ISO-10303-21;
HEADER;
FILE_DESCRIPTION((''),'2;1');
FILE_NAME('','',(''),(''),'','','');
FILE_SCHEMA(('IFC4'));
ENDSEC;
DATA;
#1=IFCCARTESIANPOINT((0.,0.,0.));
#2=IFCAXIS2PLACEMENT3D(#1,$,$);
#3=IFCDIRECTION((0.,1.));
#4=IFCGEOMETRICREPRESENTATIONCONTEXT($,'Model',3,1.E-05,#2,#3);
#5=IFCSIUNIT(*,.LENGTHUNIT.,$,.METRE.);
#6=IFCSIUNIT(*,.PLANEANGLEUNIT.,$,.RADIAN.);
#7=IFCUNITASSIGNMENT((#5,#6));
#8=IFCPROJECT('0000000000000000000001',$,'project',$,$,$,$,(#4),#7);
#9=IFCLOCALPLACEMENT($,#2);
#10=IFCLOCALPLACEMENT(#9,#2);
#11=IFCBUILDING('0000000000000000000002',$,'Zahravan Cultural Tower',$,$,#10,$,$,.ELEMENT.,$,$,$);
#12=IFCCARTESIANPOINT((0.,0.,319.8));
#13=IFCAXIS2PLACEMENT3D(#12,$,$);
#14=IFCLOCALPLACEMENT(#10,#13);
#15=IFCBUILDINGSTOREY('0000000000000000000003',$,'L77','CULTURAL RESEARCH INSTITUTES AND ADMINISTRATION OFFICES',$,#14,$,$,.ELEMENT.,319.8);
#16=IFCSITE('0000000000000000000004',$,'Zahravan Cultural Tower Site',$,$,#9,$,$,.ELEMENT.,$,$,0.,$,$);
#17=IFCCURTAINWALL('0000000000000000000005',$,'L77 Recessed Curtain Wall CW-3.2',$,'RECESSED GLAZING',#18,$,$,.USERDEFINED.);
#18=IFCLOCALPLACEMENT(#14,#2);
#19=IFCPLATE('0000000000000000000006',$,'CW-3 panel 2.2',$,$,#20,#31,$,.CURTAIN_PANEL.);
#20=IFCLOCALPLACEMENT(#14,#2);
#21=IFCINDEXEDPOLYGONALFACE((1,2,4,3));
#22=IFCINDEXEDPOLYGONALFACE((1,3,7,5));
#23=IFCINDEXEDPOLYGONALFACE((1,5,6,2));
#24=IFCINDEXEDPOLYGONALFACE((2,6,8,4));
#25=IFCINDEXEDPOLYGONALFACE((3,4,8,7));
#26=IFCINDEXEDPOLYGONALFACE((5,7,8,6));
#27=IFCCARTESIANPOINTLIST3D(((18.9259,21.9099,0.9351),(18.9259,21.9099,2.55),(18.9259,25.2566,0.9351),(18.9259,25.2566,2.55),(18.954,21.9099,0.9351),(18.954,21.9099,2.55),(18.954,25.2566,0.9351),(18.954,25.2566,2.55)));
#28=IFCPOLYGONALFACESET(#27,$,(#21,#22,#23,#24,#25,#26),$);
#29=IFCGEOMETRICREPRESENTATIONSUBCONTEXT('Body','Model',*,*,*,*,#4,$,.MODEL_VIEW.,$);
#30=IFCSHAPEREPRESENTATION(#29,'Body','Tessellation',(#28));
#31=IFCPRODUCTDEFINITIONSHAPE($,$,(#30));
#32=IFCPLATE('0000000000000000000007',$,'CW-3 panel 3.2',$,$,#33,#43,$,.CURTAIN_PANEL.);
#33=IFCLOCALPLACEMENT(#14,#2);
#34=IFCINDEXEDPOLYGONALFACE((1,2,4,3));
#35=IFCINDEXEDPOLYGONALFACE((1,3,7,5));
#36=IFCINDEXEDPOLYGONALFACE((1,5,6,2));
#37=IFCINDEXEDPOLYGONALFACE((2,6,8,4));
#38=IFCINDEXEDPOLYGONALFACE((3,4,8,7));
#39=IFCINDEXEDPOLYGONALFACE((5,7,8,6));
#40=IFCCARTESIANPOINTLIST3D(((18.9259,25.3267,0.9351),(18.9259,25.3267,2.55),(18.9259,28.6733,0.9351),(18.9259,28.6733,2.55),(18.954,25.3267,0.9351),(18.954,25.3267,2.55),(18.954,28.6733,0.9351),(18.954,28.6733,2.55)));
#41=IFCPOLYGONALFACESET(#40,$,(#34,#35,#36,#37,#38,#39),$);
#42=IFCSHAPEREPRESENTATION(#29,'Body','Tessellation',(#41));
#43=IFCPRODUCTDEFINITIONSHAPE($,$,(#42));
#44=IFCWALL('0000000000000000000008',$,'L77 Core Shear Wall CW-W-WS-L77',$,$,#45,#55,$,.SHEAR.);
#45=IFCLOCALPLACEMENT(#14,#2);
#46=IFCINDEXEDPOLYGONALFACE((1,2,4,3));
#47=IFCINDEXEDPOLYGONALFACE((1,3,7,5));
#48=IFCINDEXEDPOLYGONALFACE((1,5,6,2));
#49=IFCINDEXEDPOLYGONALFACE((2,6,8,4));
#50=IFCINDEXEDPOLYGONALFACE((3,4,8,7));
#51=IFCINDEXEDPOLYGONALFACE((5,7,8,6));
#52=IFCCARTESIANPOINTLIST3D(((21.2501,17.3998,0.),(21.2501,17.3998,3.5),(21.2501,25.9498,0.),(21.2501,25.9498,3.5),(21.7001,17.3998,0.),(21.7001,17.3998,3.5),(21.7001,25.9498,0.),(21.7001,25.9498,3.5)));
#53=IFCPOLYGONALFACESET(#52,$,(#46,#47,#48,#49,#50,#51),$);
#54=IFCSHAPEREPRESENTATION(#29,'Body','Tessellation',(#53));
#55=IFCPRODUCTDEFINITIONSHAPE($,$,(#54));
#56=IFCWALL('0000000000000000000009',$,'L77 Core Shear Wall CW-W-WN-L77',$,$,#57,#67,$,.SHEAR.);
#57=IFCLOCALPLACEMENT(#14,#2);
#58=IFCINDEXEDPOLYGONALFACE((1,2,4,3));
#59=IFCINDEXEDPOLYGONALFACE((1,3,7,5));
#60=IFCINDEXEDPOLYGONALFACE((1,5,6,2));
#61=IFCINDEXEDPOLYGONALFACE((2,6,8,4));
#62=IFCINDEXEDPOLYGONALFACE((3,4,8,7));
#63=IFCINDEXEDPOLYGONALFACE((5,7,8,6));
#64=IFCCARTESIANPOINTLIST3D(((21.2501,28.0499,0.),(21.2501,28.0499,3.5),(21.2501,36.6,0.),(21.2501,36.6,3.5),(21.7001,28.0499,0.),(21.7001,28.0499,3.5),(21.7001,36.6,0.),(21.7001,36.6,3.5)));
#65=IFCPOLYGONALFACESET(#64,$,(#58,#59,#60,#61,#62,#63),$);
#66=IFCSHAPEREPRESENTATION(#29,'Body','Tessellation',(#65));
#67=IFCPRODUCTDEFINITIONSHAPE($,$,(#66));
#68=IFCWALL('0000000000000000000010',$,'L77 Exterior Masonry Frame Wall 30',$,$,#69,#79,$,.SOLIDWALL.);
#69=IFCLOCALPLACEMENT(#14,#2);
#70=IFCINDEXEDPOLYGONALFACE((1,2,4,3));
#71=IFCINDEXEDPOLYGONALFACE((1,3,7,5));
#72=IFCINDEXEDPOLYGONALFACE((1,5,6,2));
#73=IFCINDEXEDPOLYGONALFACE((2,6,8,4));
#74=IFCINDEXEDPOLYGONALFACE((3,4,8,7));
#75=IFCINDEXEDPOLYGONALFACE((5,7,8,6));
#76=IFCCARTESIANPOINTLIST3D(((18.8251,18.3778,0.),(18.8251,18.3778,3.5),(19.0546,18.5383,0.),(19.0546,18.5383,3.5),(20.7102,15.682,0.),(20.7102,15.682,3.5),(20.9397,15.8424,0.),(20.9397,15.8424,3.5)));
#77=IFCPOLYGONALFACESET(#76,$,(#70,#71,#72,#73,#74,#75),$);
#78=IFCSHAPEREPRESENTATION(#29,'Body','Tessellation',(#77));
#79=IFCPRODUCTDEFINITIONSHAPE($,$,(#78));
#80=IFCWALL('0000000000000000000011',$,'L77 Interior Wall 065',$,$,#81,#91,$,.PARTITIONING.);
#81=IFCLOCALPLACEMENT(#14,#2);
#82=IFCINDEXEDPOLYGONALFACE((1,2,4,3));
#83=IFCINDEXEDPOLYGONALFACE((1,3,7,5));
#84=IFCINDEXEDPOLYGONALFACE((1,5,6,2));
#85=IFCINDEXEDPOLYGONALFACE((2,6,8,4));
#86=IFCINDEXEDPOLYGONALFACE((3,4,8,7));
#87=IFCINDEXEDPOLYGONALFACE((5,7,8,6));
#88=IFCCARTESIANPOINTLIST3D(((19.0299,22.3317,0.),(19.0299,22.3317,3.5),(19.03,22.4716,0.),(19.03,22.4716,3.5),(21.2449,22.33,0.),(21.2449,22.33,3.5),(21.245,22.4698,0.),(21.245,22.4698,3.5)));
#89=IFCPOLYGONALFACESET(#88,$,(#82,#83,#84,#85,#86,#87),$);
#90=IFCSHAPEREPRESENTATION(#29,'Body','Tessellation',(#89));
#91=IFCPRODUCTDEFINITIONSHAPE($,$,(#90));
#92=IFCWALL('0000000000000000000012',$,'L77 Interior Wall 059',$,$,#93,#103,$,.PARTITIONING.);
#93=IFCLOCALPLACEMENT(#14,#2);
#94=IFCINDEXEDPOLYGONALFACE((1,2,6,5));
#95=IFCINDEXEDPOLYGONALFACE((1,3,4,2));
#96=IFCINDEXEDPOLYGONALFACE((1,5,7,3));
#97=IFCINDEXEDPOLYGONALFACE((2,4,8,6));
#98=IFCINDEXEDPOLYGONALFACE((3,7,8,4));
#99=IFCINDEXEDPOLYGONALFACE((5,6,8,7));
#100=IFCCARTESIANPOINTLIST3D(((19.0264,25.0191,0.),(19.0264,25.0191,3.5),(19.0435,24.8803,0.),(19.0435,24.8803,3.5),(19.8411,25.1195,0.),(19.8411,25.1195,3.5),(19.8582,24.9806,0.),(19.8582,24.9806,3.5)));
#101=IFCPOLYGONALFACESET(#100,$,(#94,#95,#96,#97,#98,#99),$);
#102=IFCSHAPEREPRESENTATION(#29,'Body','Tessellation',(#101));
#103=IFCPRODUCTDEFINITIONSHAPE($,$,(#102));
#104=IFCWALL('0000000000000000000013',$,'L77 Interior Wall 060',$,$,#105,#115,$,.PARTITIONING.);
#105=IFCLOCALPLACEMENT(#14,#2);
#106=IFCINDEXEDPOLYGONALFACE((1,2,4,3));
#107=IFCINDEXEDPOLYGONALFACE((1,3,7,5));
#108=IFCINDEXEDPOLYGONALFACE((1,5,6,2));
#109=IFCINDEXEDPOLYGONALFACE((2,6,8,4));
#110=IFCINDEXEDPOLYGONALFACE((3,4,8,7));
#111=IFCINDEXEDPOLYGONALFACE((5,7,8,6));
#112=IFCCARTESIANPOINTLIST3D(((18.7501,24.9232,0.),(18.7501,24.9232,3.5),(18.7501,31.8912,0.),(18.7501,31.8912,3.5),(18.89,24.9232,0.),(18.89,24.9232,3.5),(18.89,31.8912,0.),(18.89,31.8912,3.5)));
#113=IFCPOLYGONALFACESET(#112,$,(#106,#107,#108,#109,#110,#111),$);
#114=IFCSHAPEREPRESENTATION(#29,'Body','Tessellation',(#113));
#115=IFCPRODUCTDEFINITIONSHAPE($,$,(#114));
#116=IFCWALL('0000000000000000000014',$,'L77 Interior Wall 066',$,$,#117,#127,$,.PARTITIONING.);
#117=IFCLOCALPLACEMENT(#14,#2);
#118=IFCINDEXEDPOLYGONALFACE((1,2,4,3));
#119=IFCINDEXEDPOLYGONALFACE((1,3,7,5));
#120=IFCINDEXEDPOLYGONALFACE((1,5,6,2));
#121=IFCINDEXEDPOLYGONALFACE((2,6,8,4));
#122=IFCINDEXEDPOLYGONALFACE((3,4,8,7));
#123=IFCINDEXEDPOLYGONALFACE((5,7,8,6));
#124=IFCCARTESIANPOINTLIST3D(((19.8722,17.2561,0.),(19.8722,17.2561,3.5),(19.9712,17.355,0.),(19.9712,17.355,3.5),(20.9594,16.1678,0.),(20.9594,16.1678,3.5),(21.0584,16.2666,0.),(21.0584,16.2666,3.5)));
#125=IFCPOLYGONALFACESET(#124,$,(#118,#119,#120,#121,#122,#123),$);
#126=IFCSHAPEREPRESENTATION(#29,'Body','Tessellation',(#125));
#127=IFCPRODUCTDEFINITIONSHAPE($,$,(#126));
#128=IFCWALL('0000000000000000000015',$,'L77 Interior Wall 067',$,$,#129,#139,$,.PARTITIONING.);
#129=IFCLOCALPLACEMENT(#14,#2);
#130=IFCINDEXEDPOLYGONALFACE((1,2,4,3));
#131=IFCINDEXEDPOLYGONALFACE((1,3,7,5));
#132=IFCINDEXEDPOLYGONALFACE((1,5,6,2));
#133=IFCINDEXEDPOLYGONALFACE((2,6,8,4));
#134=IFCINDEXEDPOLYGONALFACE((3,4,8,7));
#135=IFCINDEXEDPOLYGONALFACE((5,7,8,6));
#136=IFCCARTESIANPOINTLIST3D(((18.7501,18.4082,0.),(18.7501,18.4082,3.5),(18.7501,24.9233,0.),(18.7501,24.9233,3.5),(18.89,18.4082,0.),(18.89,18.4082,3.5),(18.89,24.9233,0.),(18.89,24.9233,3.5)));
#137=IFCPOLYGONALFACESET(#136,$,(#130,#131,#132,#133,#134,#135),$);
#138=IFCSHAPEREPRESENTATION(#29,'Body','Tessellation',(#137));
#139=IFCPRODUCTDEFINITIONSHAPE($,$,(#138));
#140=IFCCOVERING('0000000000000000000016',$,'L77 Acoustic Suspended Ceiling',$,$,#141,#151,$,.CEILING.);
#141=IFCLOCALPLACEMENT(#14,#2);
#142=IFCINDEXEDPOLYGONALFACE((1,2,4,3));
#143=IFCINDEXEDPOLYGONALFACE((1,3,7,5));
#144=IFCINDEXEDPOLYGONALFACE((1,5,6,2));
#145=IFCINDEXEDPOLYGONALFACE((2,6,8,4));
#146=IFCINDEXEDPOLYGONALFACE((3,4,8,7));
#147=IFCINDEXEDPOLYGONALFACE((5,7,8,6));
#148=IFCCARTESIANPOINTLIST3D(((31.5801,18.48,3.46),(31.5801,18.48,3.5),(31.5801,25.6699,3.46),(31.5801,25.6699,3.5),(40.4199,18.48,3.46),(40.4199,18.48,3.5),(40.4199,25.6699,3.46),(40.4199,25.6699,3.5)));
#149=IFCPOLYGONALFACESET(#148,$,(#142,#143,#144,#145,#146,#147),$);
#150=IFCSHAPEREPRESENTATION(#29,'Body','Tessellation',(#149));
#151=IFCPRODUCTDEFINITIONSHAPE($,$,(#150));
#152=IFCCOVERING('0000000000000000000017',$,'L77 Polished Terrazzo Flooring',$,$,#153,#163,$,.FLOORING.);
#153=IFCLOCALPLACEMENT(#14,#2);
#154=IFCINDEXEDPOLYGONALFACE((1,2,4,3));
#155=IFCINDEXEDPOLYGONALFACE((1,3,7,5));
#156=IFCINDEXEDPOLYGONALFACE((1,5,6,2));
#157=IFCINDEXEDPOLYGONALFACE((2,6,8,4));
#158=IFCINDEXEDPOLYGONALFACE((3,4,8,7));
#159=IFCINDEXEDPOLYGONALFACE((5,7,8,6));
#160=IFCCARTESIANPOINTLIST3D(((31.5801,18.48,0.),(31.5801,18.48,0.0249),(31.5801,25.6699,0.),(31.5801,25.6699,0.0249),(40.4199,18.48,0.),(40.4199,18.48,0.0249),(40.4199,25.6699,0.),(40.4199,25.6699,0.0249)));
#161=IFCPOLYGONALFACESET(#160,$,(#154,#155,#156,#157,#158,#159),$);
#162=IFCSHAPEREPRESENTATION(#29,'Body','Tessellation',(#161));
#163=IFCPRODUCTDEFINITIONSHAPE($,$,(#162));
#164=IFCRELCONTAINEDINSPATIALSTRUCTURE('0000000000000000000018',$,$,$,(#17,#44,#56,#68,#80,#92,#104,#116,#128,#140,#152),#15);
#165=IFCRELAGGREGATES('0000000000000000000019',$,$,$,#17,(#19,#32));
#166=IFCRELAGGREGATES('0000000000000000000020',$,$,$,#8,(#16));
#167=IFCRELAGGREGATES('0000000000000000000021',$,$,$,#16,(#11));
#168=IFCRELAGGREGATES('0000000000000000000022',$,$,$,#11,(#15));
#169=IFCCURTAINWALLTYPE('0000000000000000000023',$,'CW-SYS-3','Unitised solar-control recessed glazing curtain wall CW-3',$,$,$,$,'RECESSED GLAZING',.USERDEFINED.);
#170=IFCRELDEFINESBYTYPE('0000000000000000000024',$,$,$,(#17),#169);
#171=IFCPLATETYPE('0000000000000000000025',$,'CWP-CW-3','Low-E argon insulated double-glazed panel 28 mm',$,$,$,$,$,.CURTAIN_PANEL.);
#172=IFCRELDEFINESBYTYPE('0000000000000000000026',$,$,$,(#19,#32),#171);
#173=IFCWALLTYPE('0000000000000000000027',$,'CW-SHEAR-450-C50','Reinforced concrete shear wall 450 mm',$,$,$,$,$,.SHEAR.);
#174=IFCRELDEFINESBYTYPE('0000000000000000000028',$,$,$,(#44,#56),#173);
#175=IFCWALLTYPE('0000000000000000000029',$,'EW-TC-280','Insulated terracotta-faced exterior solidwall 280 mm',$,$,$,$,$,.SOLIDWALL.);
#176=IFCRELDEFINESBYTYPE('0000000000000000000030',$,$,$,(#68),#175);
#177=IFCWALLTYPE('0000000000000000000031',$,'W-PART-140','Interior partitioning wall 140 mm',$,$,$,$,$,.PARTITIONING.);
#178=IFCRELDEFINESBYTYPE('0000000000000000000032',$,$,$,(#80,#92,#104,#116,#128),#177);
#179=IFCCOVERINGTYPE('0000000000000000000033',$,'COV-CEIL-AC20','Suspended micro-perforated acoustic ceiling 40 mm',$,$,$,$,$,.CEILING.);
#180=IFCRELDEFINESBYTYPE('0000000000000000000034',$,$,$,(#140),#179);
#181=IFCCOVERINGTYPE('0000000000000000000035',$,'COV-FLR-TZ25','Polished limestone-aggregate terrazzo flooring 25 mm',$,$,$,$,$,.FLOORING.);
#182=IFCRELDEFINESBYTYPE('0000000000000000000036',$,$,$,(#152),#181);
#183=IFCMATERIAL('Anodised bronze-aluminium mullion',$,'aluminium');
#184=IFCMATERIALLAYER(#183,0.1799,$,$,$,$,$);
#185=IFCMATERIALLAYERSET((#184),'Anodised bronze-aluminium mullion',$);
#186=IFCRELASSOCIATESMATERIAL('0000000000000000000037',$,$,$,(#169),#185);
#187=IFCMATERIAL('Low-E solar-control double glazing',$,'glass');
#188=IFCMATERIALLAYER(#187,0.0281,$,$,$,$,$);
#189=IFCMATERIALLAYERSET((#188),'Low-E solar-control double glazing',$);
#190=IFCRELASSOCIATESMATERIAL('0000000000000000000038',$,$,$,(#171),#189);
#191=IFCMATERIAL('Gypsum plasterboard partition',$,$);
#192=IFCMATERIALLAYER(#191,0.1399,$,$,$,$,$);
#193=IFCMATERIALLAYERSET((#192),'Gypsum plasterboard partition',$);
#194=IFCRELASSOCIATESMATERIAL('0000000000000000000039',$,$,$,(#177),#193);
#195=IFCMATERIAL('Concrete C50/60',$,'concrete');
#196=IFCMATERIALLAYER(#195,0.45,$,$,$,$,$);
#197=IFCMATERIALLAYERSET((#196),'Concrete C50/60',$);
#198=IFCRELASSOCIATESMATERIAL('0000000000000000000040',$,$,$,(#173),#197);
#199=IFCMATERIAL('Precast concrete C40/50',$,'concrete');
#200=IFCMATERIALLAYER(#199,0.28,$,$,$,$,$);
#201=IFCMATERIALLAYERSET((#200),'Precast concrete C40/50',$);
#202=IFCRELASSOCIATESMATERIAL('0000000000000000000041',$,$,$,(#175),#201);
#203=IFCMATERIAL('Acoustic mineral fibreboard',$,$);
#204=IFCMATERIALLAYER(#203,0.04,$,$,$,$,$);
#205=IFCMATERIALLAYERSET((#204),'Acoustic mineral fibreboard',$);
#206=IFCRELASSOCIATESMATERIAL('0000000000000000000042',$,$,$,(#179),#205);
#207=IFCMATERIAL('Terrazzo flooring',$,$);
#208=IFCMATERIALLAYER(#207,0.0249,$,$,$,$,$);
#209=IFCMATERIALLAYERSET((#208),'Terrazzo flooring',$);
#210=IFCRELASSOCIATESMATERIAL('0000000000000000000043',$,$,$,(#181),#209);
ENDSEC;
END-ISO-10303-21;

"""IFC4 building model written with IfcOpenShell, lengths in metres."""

from ifc_helpers import new_model, si_unit, direction, frame, frame_2d, origin, origin_2d, place, context, subcontext, project, spatial, polyline, rectangle, outline, extrude, source, transform, mapped, material, layer, layer_set, type_object, element, aggregate, save


model = new_model("IFC4")

# Units and contexts
model_context = context("Model", 3, precision=1e-05, world=origin(), true_north=direction((0.0, 1.0)))
body_context = subcontext(model_context, "Body", "Model", "MODEL_VIEW")
ifc_project = project(units=[si_unit("LENGTHUNIT", "METRE"), si_unit("PLANEANGLEUNIT", "RADIAN")], contexts=[model_context])

# Site, building, storey
site_placement = place(None, origin())
site = spatial("IfcSite", under=ifc_project, at=site_placement, Name="Zahravan Cultural Tower Site", CompositionType="ELEMENT", RefElevation=0.0)
building_placement = place(site_placement, origin())
building = spatial("IfcBuilding", under=site, at=building_placement, Name="Zahravan Cultural Tower", CompositionType="ELEMENT")
storey_placement = place(building_placement, frame((0.0, 0.0, 319.8)))
storey = spatial("IfcBuildingStorey", under=building, at=storey_placement, Name="L77", Description="CULTURAL RESEARCH INSTITUTES AND ADMINISTRATION OFFICES", CompositionType="ELEMENT", Elevation=319.8)

# Shared definitions
ifc_material_1 = material(Name="Concrete C50/60", Category="concrete")

# Curtain wall
ifc_material_2 = material(Name="Anodised bronze-aluminium mullion", Category="aluminium")
ifc_layer_1 = layer(ifc_material_2, 0.1799)
ifc_layer_set_1 = layer_set([ifc_layer_1], Name="Anodised bronze-aluminium mullion")
curtain_wall_type = type_object("IfcCurtainWallType", Name="CW-SYS-3", Description="Unitised solar-control recessed glazing curtain wall CW-3", ElementType="RECESSED GLAZING", PredefinedType="USERDEFINED", material=ifc_layer_set_1)
curtain_wall_placement = place(storey_placement, origin())
curtain_wall = element("IfcCurtainWall", 1, at=curtain_wall_placement, inside=storey, type_object=curtain_wall_type, Name="L77 Recessed Curtain Wall CW-3.2", ObjectType="RECESSED GLAZING", PredefinedType="USERDEFINED")

# Plates
ifc_material_3 = material(Name="Low-E solar-control double glazing", Category="glass")
ifc_layer_2 = layer(ifc_material_3, 0.0281)
ifc_layer_set_2 = layer_set([ifc_layer_2], Name="Low-E solar-control double glazing")
plate_type = type_object("IfcPlateType", Name="CWP-CW-3", Description="Low-E argon insulated double-glazed panel 28 mm", PredefinedType="CURTAIN_PANEL", material=ifc_layer_set_2)
shared_shape_1 = source(origin(), body_context, "Body", "SweptSolid", [
    extrude(rectangle(XDim=3.3467, YDim=0.0281, at=origin_2d()), origin(), (0.0, 0.0, 1.0), 1.615),
])
plate_1_placement = place(storey_placement, frame((18.9399, 23.5833, 0.9351), z_axis=(0.0, 0.0, 1.0), x_axis=(0.0, 1.0, 0.0)))
plate_1 = element("IfcPlate", 2, at=plate_1_placement, type_object=plate_type, Name="CW-3 panel 2.2", PredefinedType="CURTAIN_PANEL", context=body_context, shape_type="MappedRepresentation", body=[
    mapped(shared_shape_1, transform((0.0, 0.0, 0.0), x_axis=(1.0, 0.0, 0.0), y_axis=(0.0, 1.0, 0.0), z_axis=(0.0, 0.0, 1.0), scale=1.0)),
])
plate_2_placement = place(storey_placement, frame((18.9399, 27.0, 0.9351), z_axis=(0.0, 0.0, 1.0), x_axis=(0.0, 1.0, 0.0)))
plate_2 = element("IfcPlate", 3, at=plate_2_placement, type_object=plate_type, Name="CW-3 panel 3.2", PredefinedType="CURTAIN_PANEL", context=body_context, shape_type="MappedRepresentation", body=[
    mapped(shared_shape_1, transform((0.0, 0.0, 0.0), x_axis=(1.0, 0.0, 0.0), y_axis=(0.0, 1.0, 0.0), z_axis=(0.0, 0.0, 1.0), scale=1.0)),
])
aggregate(curtain_wall, [plate_1, plate_2])

# Shared definitions
ifc_material_4 = material(Name="Gypsum plasterboard partition")
ifc_layer_3 = layer(ifc_material_4, 0.1399)
ifc_layer_set_3 = layer_set([ifc_layer_3], Name="Gypsum plasterboard partition")
wall_type_1 = type_object("IfcWallType", Name="W-PART-140", Description="Interior partitioning wall 140 mm", PredefinedType="PARTITIONING", material=ifc_layer_set_3)

# Walls
ifc_layer_4 = layer(ifc_material_1, 0.45)
ifc_layer_set_4 = layer_set([ifc_layer_4], Name="Concrete C50/60")
wall_type_2 = type_object("IfcWallType", Name="CW-SHEAR-450-C50", Description="Reinforced concrete shear wall 450 mm", PredefinedType="SHEAR", material=ifc_layer_set_4)
shared_shape_2 = source(origin(), body_context, "Body", "SweptSolid", [
    extrude(rectangle(XDim=8.55, YDim=0.45, at=frame_2d((4.2749, 0.0))), origin(), (0.0, 0.0, 1.0), 3.5),
])
for number, where, z_axis, x_axis, name in (
    (4, (21.4751, 17.3999, 0.0), (0.0, 0.0, 1.0), (0.0, 1.0, 0.0), "L77 Core Shear Wall CW-W-WS-L77"),
    (5, (21.4751, 28.05, 0.0), (0.0, 0.0, 1.0), (0.0, 1.0, 0.0), "L77 Core Shear Wall CW-W-WN-L77"),
):
    element("IfcWall", number, at=place(storey_placement, frame(where, z_axis=z_axis, x_axis=x_axis)), inside=storey, type_object=wall_type_2, Name=name, PredefinedType="SHEAR", context=body_context, shape_type="MappedRepresentation", body=[
        mapped(shared_shape_2, transform((0.0, 0.0, 0.0), x_axis=(1.0, 0.0, 0.0), y_axis=(0.0, 1.0, 0.0), z_axis=(0.0, 0.0, 1.0), scale=1.0)),
    ])
ifc_material_5 = material(Name="Precast concrete C40/50", Category="concrete")
ifc_layer_5 = layer(ifc_material_5, 0.28)
ifc_layer_set_5 = layer_set([ifc_layer_5], Name="Precast concrete C40/50")
wall_type_3 = type_object("IfcWallType", Name="EW-TC-280", Description="Insulated terracotta-faced exterior solidwall 280 mm", PredefinedType="SOLIDWALL", material=ifc_layer_set_5)
shared_shape_3 = source(origin(), body_context, "Body", "SweptSolid", [
    extrude(rectangle(XDim=3.2896, YDim=0.28, at=frame_2d((1.6448, 0.0))), origin(), (0.0, 0.0, 1.0), 3.5),
])
wall_1_placement = place(storey_placement, frame((20.825, 15.7622, 0.0), z_axis=(0.0, 0.0, 1.0), x_axis=(-0.573044, 0.819525, 0.0)))
element("IfcWall", 6, at=wall_1_placement, inside=storey, type_object=wall_type_3, Name="L77 Exterior Masonry Frame Wall 30", PredefinedType="SOLIDWALL", context=body_context, shape_type="MappedRepresentation", body=[
    mapped(shared_shape_3, transform((0.0, 0.0, 0.0), x_axis=(1.0, 0.0, 0.0), y_axis=(0.0, 1.0, 0.0), z_axis=(0.0, 0.0, 1.0), scale=1.0)),
])
shared_shape_4 = source(origin(), body_context, "Body", "SweptSolid", [
    extrude(rectangle(XDim=2.2151, YDim=0.1399, at=frame_2d((1.1074, 0.0))), origin(), (0.0, 0.0, 1.0), 3.5),
])
wall_2_placement = place(storey_placement, frame((19.03, 22.4016, 0.0), z_axis=(0.0, 0.0, 1.0), x_axis=(1.0, -0.000772, 0.0)))
element("IfcWall", 7, at=wall_2_placement, inside=storey, type_object=wall_type_1, Name="L77 Interior Wall 065", PredefinedType="PARTITIONING", context=body_context, shape_type="MappedRepresentation", body=[
    mapped(shared_shape_4, transform((0.0, 0.0, 0.0), x_axis=(1.0, 0.0, 0.0), y_axis=(0.0, 1.0, 0.0), z_axis=(0.0, 0.0, 1.0), scale=1.0)),
])
shared_shape_5 = source(origin(), body_context, "Body", "SweptSolid", [
    extrude(rectangle(XDim=0.8208, YDim=0.1399, at=frame_2d((0.4104, 0.0))), origin(), (0.0, 0.0, 1.0), 3.5),
])
wall_3_placement = place(storey_placement, frame((19.8496, 25.05, 0.0), z_axis=(0.0, 0.0, 1.0), x_axis=(-0.9925, -0.122241, 0.0)))
element("IfcWall", 8, at=wall_3_placement, inside=storey, type_object=wall_type_1, Name="L77 Interior Wall 059", PredefinedType="PARTITIONING", context=body_context, shape_type="MappedRepresentation", body=[
    mapped(shared_shape_5, transform((0.0, 0.0, 0.0), x_axis=(1.0, 0.0, 0.0), y_axis=(0.0, 1.0, 0.0), z_axis=(0.0, 0.0, 1.0), scale=1.0)),
])
shared_shape_6 = source(origin(), body_context, "Body", "SweptSolid", [
    extrude(rectangle(XDim=6.968, YDim=0.1399, at=frame_2d((3.4839, 0.0))), origin(), (0.0, 0.0, 1.0), 3.5),
])
wall_4_placement = place(storey_placement, frame((18.8201, 24.9233, 0.0), z_axis=(0.0, 0.0, 1.0), x_axis=(0.0, 1.0, 0.0)))
element("IfcWall", 9, at=wall_4_placement, inside=storey, type_object=wall_type_1, Name="L77 Interior Wall 060", PredefinedType="PARTITIONING", context=body_context, shape_type="MappedRepresentation", body=[
    mapped(shared_shape_6, transform((0.0, 0.0, 0.0), x_axis=(1.0, 0.0, 0.0), y_axis=(0.0, 1.0, 0.0), z_axis=(0.0, 0.0, 1.0), scale=1.0)),
])
shared_shape_7 = source(origin(), body_context, "Body", "SweptSolid", [
    extrude(rectangle(XDim=1.5383, YDim=0.1399, at=frame_2d((0.769, 0.0))), origin(), (0.0, 0.0, 1.0), 3.5),
])
wall_5_placement = place(storey_placement, frame((21.0088, 16.2173, 0.0), z_axis=(0.0, 0.0, 1.0), x_axis=(-0.70671, 0.707503, 0.0)))
element("IfcWall", 10, at=wall_5_placement, inside=storey, type_object=wall_type_1, Name="L77 Interior Wall 066", PredefinedType="PARTITIONING", context=body_context, shape_type="MappedRepresentation", body=[
    mapped(shared_shape_7, transform((0.0, 0.0, 0.0), x_axis=(1.0, 0.0, 0.0), y_axis=(0.0, 1.0, 0.0), z_axis=(0.0, 0.0, 1.0), scale=1.0)),
])
shared_shape_8 = source(origin(), body_context, "Body", "SweptSolid", [
    extrude(rectangle(XDim=6.5151, YDim=0.1399, at=frame_2d((3.2576, 0.0))), origin(), (0.0, 0.0, 1.0), 3.5),
])
wall_6_placement = place(storey_placement, frame((18.8201, 18.4082, 0.0), z_axis=(0.0, 0.0, 1.0), x_axis=(0.0, 1.0, 0.0)))
element("IfcWall", 11, at=wall_6_placement, inside=storey, type_object=wall_type_1, Name="L77 Interior Wall 067", PredefinedType="PARTITIONING", context=body_context, shape_type="MappedRepresentation", body=[
    mapped(shared_shape_8, transform((0.0, 0.0, 0.0), x_axis=(1.0, 0.0, 0.0), y_axis=(0.0, 1.0, 0.0), z_axis=(0.0, 0.0, 1.0), scale=1.0)),
])

# Coverings
ifc_material_6 = material(Name="Acoustic mineral fibreboard")
ifc_layer_6 = layer(ifc_material_6, 0.04)
ifc_layer_set_6 = layer_set([ifc_layer_6], Name="Acoustic mineral fibreboard")
covering_type_1 = type_object("IfcCoveringType", Name="COV-CEIL-AC20", Description="Suspended micro-perforated acoustic ceiling 40 mm", PredefinedType="CEILING", material=ifc_layer_set_6)
covering_1_placement = place(storey_placement, frame((0.0, 0.0, 3.46)))
element("IfcCovering", 12, at=covering_1_placement, inside=storey, type_object=covering_type_1, Name="L77 Acoustic Suspended Ceiling", PredefinedType="CEILING", context=body_context, shape_type="SweptSolid", body=[
    extrude(outline(polyline([(40.4199, 25.6699), (31.5801, 25.6699), (31.5801, 18.48), (40.4199, 18.48), (40.4199, 25.6699)])), origin(), (0.0, 0.0, 1.0), 0.04),
])
ifc_material_7 = material(Name="Terrazzo flooring")
ifc_layer_7 = layer(ifc_material_7, 0.0249)
ifc_layer_set_7 = layer_set([ifc_layer_7], Name="Terrazzo flooring")
covering_type_2 = type_object("IfcCoveringType", Name="COV-FLR-TZ25", Description="Polished limestone-aggregate terrazzo flooring 25 mm", PredefinedType="FLOORING", material=ifc_layer_set_7)
covering_2_placement = place(storey_placement, origin())
element("IfcCovering", 13, at=covering_2_placement, inside=storey, type_object=covering_type_2, Name="L77 Polished Terrazzo Flooring", PredefinedType="FLOORING", context=body_context, shape_type="SweptSolid", body=[
    extrude(outline(polyline([(40.4199, 25.6699), (31.5801, 25.6699), (31.5801, 18.48), (40.4199, 18.48), (40.4199, 25.6699)])), origin(), (0.0, 0.0, 1.0), 0.0249),
])

save(model, "model.ifc")
